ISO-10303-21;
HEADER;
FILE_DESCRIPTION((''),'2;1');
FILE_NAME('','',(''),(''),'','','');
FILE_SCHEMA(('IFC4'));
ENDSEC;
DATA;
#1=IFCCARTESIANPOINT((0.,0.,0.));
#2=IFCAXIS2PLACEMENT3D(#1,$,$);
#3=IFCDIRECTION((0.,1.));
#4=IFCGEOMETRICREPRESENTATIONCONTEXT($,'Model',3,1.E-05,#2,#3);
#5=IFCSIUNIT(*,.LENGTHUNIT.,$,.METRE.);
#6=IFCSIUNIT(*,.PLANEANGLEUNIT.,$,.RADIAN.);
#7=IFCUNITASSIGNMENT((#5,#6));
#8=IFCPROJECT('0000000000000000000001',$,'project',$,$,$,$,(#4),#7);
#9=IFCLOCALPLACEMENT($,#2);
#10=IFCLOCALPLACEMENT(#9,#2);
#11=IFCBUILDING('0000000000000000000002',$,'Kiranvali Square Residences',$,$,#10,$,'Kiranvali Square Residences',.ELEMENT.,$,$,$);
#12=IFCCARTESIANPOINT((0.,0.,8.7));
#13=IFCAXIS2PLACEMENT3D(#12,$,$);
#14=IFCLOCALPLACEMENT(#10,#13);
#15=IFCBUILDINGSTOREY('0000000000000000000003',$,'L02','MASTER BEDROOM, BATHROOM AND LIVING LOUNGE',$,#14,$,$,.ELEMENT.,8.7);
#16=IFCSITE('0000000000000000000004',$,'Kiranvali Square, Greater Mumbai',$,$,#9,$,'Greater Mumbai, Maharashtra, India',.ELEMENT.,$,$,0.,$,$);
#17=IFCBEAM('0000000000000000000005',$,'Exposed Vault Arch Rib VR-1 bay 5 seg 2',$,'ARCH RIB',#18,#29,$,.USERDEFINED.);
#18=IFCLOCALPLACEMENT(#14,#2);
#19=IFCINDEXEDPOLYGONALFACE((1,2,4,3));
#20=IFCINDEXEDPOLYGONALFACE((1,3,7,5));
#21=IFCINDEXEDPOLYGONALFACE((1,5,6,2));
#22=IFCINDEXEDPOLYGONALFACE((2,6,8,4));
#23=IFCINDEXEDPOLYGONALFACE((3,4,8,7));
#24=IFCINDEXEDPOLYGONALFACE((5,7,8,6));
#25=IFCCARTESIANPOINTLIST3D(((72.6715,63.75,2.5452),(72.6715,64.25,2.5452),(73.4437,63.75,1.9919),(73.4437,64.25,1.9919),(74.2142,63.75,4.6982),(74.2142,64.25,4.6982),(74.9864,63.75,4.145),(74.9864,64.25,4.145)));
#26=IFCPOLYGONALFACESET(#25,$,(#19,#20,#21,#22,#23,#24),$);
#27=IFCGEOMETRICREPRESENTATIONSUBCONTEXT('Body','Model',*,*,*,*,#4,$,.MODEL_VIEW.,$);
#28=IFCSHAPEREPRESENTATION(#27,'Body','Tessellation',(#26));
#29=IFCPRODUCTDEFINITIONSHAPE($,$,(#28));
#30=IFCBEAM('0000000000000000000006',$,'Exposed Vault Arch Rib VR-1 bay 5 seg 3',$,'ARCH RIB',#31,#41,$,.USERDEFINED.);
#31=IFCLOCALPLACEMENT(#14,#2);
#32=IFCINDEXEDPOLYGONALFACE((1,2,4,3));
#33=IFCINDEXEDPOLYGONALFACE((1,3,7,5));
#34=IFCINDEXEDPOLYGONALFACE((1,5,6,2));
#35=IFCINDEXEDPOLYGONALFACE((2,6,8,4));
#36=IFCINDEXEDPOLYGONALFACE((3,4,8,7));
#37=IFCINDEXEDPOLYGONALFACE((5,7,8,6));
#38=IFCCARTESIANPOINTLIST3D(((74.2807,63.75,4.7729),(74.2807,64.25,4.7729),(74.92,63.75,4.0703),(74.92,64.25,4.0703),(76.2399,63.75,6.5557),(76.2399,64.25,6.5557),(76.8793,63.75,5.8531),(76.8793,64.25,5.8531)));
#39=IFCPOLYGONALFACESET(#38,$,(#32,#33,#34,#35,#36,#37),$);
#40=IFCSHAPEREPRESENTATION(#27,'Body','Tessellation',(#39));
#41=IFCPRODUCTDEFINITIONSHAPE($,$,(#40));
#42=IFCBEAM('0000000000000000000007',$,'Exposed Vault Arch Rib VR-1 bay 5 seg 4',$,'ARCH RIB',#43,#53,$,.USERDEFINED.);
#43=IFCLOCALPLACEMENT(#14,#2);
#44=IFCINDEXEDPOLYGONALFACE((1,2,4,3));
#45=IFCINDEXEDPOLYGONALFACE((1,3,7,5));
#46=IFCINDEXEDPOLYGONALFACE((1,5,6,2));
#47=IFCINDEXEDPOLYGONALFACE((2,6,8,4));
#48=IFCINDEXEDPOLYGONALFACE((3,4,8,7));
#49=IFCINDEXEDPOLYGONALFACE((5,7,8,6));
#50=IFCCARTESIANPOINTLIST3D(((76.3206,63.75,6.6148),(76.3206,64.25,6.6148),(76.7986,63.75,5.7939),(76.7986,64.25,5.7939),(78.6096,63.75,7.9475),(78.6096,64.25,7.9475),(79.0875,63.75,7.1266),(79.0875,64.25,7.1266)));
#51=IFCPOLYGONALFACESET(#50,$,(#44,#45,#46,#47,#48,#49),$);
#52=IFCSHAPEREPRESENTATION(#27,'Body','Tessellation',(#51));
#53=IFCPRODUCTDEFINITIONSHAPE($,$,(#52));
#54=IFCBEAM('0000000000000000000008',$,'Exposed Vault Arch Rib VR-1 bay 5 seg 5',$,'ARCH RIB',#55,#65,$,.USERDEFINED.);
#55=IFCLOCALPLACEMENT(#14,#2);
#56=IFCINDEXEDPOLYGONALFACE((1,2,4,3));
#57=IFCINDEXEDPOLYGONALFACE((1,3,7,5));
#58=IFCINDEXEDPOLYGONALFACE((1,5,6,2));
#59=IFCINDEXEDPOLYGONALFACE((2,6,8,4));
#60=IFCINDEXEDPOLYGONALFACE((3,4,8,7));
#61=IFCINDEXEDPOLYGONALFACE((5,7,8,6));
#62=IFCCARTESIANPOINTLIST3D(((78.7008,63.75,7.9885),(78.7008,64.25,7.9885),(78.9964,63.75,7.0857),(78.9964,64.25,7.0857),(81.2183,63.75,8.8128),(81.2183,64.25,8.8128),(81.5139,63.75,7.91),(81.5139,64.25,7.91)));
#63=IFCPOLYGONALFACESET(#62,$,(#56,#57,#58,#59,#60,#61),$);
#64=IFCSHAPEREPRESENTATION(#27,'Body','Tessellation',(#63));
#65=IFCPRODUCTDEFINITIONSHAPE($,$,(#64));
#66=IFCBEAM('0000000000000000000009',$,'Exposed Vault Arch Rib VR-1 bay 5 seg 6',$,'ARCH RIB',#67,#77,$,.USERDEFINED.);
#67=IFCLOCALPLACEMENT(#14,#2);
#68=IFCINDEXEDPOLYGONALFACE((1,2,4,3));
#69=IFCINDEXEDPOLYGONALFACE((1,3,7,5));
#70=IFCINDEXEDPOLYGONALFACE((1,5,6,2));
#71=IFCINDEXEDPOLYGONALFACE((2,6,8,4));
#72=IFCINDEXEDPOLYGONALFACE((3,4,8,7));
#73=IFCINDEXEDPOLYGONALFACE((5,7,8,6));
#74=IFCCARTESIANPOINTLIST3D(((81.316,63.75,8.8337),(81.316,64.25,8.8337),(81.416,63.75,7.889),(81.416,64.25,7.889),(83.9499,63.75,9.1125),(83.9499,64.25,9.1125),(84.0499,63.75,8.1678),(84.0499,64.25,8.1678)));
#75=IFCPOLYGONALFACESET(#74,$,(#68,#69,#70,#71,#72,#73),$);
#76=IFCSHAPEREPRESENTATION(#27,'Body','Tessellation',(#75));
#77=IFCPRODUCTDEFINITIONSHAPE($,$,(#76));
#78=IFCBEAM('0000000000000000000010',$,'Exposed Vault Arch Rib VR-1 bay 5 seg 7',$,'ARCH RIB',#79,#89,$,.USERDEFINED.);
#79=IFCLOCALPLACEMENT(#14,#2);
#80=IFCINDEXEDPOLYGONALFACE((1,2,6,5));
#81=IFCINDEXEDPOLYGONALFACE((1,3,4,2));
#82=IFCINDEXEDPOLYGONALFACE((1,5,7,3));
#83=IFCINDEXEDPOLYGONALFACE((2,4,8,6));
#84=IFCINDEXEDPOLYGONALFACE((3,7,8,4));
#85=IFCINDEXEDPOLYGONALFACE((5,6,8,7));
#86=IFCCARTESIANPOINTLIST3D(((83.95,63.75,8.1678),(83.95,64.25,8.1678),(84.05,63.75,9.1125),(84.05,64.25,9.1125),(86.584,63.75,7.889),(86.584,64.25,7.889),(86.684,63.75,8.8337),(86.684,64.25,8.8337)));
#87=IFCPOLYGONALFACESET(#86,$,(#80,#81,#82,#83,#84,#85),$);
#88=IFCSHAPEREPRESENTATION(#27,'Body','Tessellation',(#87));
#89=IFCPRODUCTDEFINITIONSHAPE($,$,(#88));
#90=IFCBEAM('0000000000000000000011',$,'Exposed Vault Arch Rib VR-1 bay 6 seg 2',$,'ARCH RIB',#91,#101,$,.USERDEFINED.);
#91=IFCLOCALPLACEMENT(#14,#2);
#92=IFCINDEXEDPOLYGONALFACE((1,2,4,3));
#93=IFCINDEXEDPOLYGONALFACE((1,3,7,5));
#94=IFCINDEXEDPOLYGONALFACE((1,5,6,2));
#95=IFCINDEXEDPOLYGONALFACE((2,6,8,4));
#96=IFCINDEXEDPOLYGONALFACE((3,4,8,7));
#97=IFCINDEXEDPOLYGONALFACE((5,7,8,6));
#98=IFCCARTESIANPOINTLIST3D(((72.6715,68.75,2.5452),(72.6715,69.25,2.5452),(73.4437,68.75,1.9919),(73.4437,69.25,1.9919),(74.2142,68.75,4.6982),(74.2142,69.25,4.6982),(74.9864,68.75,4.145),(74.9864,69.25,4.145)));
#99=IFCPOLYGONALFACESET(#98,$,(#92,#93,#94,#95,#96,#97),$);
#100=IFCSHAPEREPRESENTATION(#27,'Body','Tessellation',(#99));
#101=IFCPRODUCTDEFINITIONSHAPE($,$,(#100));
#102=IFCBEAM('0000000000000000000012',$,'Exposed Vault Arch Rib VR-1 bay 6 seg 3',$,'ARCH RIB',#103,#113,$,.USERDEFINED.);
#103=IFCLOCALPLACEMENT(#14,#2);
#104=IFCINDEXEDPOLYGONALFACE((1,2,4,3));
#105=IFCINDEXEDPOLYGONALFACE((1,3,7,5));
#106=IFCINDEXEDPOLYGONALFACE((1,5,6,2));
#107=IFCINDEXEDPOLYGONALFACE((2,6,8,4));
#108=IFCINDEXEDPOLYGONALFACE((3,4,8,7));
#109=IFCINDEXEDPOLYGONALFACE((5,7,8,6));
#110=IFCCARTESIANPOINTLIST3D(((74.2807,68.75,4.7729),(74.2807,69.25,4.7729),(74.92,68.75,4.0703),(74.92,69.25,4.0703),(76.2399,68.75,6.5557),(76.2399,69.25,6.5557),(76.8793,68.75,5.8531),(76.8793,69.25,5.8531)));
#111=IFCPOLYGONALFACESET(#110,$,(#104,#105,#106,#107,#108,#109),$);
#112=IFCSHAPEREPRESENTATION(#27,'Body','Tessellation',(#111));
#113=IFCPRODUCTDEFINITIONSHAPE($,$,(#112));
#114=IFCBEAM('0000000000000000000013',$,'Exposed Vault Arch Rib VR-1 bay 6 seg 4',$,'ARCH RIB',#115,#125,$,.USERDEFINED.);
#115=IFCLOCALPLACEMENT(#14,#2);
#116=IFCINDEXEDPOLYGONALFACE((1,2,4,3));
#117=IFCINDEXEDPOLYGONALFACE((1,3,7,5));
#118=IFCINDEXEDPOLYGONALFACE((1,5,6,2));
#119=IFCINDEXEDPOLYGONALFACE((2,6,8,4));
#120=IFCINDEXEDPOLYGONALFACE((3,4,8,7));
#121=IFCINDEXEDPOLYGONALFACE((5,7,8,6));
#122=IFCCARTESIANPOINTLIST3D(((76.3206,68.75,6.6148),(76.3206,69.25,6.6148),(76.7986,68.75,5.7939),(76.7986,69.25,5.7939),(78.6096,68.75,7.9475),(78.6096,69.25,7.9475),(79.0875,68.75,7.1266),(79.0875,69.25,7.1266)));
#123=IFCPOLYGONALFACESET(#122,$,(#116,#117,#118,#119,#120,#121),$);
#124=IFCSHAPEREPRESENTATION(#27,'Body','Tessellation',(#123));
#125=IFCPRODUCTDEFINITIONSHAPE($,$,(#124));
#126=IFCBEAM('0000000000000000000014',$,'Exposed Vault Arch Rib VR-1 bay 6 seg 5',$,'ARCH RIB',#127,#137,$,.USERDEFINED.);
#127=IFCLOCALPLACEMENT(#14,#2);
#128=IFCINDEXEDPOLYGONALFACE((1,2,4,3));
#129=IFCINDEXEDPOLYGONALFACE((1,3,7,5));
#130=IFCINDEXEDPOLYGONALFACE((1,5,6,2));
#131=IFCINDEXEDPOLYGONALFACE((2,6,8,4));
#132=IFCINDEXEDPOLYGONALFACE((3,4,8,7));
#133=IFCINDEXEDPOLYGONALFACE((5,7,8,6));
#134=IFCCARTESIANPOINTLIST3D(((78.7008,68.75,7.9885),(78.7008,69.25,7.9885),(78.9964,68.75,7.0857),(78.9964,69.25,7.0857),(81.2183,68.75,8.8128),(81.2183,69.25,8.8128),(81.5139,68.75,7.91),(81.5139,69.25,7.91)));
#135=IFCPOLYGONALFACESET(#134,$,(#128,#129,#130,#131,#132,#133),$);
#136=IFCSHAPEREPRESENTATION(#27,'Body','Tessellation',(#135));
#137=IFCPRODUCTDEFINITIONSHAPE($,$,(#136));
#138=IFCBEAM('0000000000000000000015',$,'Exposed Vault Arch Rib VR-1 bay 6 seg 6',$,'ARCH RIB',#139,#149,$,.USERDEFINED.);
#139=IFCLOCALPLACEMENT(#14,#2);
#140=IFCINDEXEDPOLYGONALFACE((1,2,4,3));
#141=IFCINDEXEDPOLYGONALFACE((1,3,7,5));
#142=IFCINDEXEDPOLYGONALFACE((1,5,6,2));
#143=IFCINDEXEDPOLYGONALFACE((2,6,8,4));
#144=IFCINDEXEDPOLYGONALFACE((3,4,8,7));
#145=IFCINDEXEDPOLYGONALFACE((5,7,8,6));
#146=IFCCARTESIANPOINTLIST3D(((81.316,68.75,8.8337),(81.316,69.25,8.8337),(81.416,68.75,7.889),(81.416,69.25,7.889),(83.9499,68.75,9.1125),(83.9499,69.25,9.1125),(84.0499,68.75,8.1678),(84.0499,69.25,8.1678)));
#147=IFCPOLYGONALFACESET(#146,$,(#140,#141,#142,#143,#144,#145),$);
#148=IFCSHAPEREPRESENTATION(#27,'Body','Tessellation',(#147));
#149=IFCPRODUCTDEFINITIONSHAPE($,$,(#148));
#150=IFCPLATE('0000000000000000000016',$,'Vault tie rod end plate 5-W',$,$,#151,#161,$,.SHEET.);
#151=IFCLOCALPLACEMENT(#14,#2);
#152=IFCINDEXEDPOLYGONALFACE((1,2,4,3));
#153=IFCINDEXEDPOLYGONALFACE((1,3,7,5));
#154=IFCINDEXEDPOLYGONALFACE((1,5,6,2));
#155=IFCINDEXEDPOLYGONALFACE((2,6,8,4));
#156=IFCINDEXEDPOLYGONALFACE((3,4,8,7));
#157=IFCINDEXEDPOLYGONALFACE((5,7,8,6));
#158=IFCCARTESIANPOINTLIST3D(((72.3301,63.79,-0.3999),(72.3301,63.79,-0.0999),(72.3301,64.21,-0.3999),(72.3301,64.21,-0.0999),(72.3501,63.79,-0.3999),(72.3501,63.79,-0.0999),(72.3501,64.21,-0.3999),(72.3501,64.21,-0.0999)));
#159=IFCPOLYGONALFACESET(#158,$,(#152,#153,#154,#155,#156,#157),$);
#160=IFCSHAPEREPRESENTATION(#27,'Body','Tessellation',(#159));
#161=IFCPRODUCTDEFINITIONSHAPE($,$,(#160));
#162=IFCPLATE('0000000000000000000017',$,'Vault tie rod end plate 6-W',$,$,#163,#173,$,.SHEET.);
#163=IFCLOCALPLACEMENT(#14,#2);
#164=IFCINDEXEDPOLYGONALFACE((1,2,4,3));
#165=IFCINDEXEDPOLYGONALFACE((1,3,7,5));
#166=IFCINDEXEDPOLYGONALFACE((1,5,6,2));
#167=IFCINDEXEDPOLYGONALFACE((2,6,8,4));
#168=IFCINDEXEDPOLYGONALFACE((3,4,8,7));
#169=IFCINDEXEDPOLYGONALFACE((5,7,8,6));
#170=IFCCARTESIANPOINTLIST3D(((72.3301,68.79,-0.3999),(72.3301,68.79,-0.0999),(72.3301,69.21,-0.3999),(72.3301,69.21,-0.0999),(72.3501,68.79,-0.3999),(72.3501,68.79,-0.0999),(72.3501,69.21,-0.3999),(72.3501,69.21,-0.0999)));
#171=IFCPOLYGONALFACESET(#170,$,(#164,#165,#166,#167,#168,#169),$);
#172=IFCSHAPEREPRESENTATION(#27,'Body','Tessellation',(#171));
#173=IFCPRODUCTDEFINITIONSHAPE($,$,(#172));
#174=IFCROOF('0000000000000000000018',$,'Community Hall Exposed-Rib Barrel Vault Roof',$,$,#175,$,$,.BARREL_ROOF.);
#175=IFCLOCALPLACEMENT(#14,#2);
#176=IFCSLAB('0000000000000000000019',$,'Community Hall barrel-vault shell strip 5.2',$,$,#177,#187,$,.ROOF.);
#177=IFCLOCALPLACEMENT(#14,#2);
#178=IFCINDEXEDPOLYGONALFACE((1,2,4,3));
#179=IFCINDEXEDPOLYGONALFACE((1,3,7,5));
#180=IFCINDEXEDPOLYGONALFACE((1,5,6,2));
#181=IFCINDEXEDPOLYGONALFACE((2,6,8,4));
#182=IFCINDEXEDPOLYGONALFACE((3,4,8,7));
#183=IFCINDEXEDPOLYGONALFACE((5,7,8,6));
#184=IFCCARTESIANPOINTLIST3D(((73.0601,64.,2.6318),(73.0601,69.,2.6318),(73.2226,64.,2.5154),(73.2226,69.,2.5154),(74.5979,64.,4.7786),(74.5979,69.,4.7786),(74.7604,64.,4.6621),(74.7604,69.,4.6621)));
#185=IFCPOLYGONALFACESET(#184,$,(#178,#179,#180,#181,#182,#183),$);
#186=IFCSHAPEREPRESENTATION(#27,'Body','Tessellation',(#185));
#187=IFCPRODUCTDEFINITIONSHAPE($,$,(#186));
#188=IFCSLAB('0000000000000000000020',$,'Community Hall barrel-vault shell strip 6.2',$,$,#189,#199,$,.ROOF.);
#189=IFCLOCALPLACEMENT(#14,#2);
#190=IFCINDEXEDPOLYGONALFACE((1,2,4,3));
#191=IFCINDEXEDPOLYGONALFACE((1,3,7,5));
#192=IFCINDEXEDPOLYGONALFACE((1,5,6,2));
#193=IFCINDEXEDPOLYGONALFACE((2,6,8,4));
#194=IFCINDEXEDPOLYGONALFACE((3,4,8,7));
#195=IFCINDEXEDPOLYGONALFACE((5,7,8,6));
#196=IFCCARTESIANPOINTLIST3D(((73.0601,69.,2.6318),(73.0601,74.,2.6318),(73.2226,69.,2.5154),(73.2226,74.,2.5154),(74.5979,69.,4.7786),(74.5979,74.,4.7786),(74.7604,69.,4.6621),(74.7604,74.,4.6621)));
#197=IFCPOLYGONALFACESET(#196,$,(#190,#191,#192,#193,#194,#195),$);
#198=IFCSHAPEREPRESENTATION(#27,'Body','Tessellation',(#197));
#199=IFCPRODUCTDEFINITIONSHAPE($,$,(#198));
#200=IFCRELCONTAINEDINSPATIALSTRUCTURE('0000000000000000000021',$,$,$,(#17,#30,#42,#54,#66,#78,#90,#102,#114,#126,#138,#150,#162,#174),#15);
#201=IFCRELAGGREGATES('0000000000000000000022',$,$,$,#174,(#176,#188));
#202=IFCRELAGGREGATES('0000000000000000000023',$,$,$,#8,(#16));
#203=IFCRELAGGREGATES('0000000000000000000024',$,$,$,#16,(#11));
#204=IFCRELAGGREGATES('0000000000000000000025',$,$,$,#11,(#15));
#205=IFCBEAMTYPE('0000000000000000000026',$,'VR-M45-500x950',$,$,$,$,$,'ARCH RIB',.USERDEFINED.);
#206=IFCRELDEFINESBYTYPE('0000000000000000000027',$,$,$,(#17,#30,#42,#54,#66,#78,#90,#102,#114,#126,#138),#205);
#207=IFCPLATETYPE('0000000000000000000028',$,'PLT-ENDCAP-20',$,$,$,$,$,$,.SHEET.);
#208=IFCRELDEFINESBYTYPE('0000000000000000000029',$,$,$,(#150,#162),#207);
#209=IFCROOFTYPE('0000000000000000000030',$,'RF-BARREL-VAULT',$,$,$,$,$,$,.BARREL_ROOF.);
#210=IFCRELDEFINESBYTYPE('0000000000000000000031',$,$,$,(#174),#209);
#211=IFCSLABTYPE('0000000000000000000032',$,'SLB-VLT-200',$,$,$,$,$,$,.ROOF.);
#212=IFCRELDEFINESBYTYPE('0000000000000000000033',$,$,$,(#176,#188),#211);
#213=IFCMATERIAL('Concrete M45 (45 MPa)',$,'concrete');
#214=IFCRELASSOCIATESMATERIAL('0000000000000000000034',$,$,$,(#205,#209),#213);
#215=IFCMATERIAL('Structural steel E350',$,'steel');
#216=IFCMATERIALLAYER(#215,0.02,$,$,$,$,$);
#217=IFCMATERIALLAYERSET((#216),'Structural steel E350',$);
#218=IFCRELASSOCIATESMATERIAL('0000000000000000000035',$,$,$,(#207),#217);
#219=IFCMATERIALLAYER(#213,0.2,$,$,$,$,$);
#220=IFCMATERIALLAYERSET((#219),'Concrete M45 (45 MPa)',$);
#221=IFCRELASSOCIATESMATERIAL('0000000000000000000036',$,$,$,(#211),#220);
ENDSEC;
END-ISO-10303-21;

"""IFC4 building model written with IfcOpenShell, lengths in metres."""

from ifc_helpers import new_model, si_unit, direction, frame, origin, origin_2d, place, context, subcontext, project, spatial, polyline, rectangle, outline, extrude, material, layer, layer_set, material_profile, profile_set, type_object, element, aggregate, save


model = new_model("IFC4")

# Units and contexts
model_context = context("Model", 3, precision=1e-05, world=origin(), true_north=direction((0.0, 1.0)))
body_context = subcontext(model_context, "Body", "Model", "MODEL_VIEW")
ifc_project = project(units=[si_unit("LENGTHUNIT", "METRE"), si_unit("PLANEANGLEUNIT", "RADIAN")], contexts=[model_context])

# Site, building, storey
site_placement = place(None, origin())
site = spatial("IfcSite", under=ifc_project, at=site_placement, Name="Kiranvali Square, Greater Mumbai", LongName="Greater Mumbai, Maharashtra, India", CompositionType="ELEMENT", RefElevation=0.0)
building_placement = place(site_placement, origin())
building = spatial("IfcBuilding", under=site, at=building_placement, Name="Kiranvali Square Residences", LongName="Kiranvali Square Residences", CompositionType="ELEMENT")
storey_placement = place(building_placement, frame((0.0, 0.0, 8.7)))
storey = spatial("IfcBuildingStorey", under=building, at=storey_placement, Name="L02", Description="MASTER BEDROOM, BATHROOM AND LIVING LOUNGE", CompositionType="ELEMENT", Elevation=8.7)

# Shared definitions
ifc_material_1 = material(Name="Structural steel E350", Category="steel")

# Beams
ifc_material_2 = material(Name="Concrete M45 (45 MPa)", Category="concrete")
ifc_material_profile_1 = material_profile(ifc_material_2, rectangle(XDim=0.5, YDim=0.95, at=origin_2d()), Name="RC 500x950")
ifc_profile_set_1 = profile_set([ifc_material_profile_1], Name="Concrete M45 (45 MPa)")
beam_type = type_object("IfcBeamType", Name="VR-M45-500x950", ElementType="ARCH RIB", PredefinedType="USERDEFINED", material=ifc_profile_set_1)
beam_1_placement = place(storey_placement, frame((73.0576, 64.0, 2.2686), z_axis=(0.582441, 0.0, 0.812873), x_axis=(0.0, 1.0, 0.0)))
element("IfcBeam", 1, at=beam_1_placement, inside=storey, type_object=beam_type, Name="Exposed Vault Arch Rib VR-1 bay 5 seg 2", ObjectType="ARCH RIB", PredefinedType="USERDEFINED", context=body_context, shape_type="SweptSolid", body=[
    extrude(rectangle(XDim=0.5, YDim=0.95, at=origin_2d()), origin(), (0.0, 0.0, 1.0), 2.6487),
])
beam_2_placement = place(storey_placement, frame((74.6003, 64.0, 4.4216), z_axis=(0.73964, 0.0, 0.673003), x_axis=(0.0, 1.0, 0.0)))
element("IfcBeam", 2, at=beam_2_placement, inside=storey, type_object=beam_type, Name="Exposed Vault Arch Rib VR-1 bay 5 seg 3", ObjectType="ARCH RIB", PredefinedType="USERDEFINED", context=body_context, shape_type="SweptSolid", body=[
    extrude(rectangle(XDim=0.5, YDim=0.95, at=origin_2d()), origin(), (0.0, 0.0, 1.0), 2.6489),
])
beam_3_placement = place(storey_placement, frame((76.5596, 64.0, 6.2043), z_axis=(0.864193, 0.0, 0.50316), x_axis=(0.0, 1.0, 0.0)))
element("IfcBeam", 3, at=beam_3_placement, inside=storey, type_object=beam_type, Name="Exposed Vault Arch Rib VR-1 bay 5 seg 4", ObjectType="ARCH RIB", PredefinedType="USERDEFINED", context=body_context, shape_type="SweptSolid", body=[
    extrude(rectangle(XDim=0.5, YDim=0.95, at=origin_2d()), origin(), (0.0, 0.0, 1.0), 2.6487),
])
beam_4_placement = place(storey_placement, frame((78.8486, 64.0, 7.5371), z_axis=(0.950356, 0.0, 0.311163), x_axis=(0.0, 1.0, 0.0)))
element("IfcBeam", 4, at=beam_4_placement, inside=storey, type_object=beam_type, Name="Exposed Vault Arch Rib VR-1 bay 5 seg 5", ObjectType="ARCH RIB", PredefinedType="USERDEFINED", context=body_context, shape_type="SweptSolid", body=[
    extrude(rectangle(XDim=0.5, YDim=0.95, at=origin_2d()), origin(), (0.0, 0.0, 1.0), 2.6489),
])
for number, where, z_axis, x_axis, name in (
    (5, (81.366, 64.0, 8.3613), (0.994445, 0.0, 0.105261), (0.0, 1.0, 0.0), "Exposed Vault Arch Rib VR-1 bay 5 seg 6"),
    (6, (84.0, 64.0, 8.6401), (0.994445, 0.0, -0.105261), (0.0, 1.0, 0.0), "Exposed Vault Arch Rib VR-1 bay 5 seg 7"),
    (7, (73.0576, 69.0, 2.2686), (0.582441, 0.0, 0.812873), (0.0, 1.0, 0.0), "Exposed Vault Arch Rib VR-1 bay 6 seg 2"),
):
    element("IfcBeam", number, at=place(storey_placement, frame(where, z_axis=z_axis, x_axis=x_axis)), inside=storey, type_object=beam_type, Name=name, ObjectType="ARCH RIB", PredefinedType="USERDEFINED", context=body_context, shape_type="SweptSolid", body=[
        extrude(rectangle(XDim=0.5, YDim=0.95, at=origin_2d()), origin(), (0.0, 0.0, 1.0), 2.6487),
    ])
beam_5_placement = place(storey_placement, frame((74.6003, 69.0, 4.4216), z_axis=(0.73964, 0.0, 0.673003), x_axis=(0.0, 1.0, 0.0)))
element("IfcBeam", 8, at=beam_5_placement, inside=storey, type_object=beam_type, Name="Exposed Vault Arch Rib VR-1 bay 6 seg 3", ObjectType="ARCH RIB", PredefinedType="USERDEFINED", context=body_context, shape_type="SweptSolid", body=[
    extrude(rectangle(XDim=0.5, YDim=0.95, at=origin_2d()), origin(), (0.0, 0.0, 1.0), 2.6489),
])
beam_6_placement = place(storey_placement, frame((76.5596, 69.0, 6.2043), z_axis=(0.864193, 0.0, 0.50316), x_axis=(0.0, 1.0, 0.0)))
element("IfcBeam", 9, at=beam_6_placement, inside=storey, type_object=beam_type, Name="Exposed Vault Arch Rib VR-1 bay 6 seg 4", ObjectType="ARCH RIB", PredefinedType="USERDEFINED", context=body_context, shape_type="SweptSolid", body=[
    extrude(rectangle(XDim=0.5, YDim=0.95, at=origin_2d()), origin(), (0.0, 0.0, 1.0), 2.6487),
])
beam_7_placement = place(storey_placement, frame((78.8486, 69.0, 7.5371), z_axis=(0.950356, 0.0, 0.311163), x_axis=(0.0, 1.0, 0.0)))
element("IfcBeam", 10, at=beam_7_placement, inside=storey, type_object=beam_type, Name="Exposed Vault Arch Rib VR-1 bay 6 seg 5", ObjectType="ARCH RIB", PredefinedType="USERDEFINED", context=body_context, shape_type="SweptSolid", body=[
    extrude(rectangle(XDim=0.5, YDim=0.95, at=origin_2d()), origin(), (0.0, 0.0, 1.0), 2.6489),
])
beam_8_placement = place(storey_placement, frame((81.366, 69.0, 8.3613), z_axis=(0.994445, 0.0, 0.105261), x_axis=(0.0, 1.0, 0.0)))
element("IfcBeam", 11, at=beam_8_placement, inside=storey, type_object=beam_type, Name="Exposed Vault Arch Rib VR-1 bay 6 seg 6", ObjectType="ARCH RIB", PredefinedType="USERDEFINED", context=body_context, shape_type="SweptSolid", body=[
    extrude(rectangle(XDim=0.5, YDim=0.95, at=origin_2d()), origin(), (0.0, 0.0, 1.0), 2.6487),
])

# Plates
ifc_layer_1 = layer(ifc_material_1, 0.02)
ifc_layer_set_1 = layer_set([ifc_layer_1], Name="Structural steel E350")
plate_type = type_object("IfcPlateType", Name="PLT-ENDCAP-20", PredefinedType="SHEET", material=ifc_layer_set_1)
for number, where, z_axis, x_axis, name in (
    (12, (72.3401, 64.0, -0.3999), (0.0, 0.0, 1.0), (1.0, 0.0, 0.0), "Vault tie rod end plate 5-W"),
    (13, (72.3401, 69.0, -0.3999), (0.0, 0.0, 1.0), (1.0, 0.0, 0.0), "Vault tie rod end plate 6-W"),
):
    element("IfcPlate", number, at=place(storey_placement, frame(where, z_axis=z_axis, x_axis=x_axis)), inside=storey, type_object=plate_type, Name=name, PredefinedType="SHEET", context=body_context, shape_type="SweptSolid", body=[
        extrude(rectangle(XDim=0.02, YDim=0.4199, at=origin_2d()), origin(), (0.0, 0.0, 1.0), 0.3),
    ])

# Roof, slabs
roof_type = type_object("IfcRoofType", Name="RF-BARREL-VAULT", PredefinedType="BARREL_ROOF", material=ifc_material_2)
roof_placement = place(storey_placement, origin())
roof = element("IfcRoof", 14, at=roof_placement, inside=storey, type_object=roof_type, Name="Community Hall Exposed-Rib Barrel Vault Roof", PredefinedType="BARREL_ROOF")
ifc_layer_2 = layer(ifc_material_2, 0.2)
ifc_layer_set_2 = layer_set([ifc_layer_2], Name="Concrete M45 (45 MPa)")
slab_type = type_object("IfcSlabType", Name="SLB-VLT-200", PredefinedType="ROOF", material=ifc_layer_set_2)
slab_1_placement = place(storey_placement, frame((73.0601, 64.0, 2.6318), z_axis=(-0.812933, 0.0, 0.582357), x_axis=(0.582357, 0.0, 0.812933)))
slab_1 = element("IfcSlab", 15, at=slab_1_placement, type_object=slab_type, Name="Community Hall barrel-vault shell strip 5.2", PredefinedType="ROOF", context=body_context, shape_type="SweptSolid", body=[
    extrude(outline(polyline([(0.0, 0.0), (2.6407, 0.0), (2.6407, 5.0), (0.0, 5.0), (0.0, 0.0)])), origin(), (0.0, 0.0, -1.0), 0.2),
])
slab_2_placement = place(storey_placement, frame((73.0601, 69.0, 2.6318), z_axis=(-0.812933, 0.0, 0.582357), x_axis=(0.582357, 0.0, 0.812933)))
slab_2 = element("IfcSlab", 16, at=slab_2_placement, type_object=slab_type, Name="Community Hall barrel-vault shell strip 6.2", PredefinedType="ROOF", context=body_context, shape_type="SweptSolid", body=[
    extrude(outline(polyline([(0.0, 0.0), (2.6407, 0.0), (2.6407, 5.0), (0.0, 5.0), (0.0, 0.0)])), origin(), (0.0, 0.0, -1.0), 0.2),
])
aggregate(roof, [slab_1, slab_2])

save(model, "model.ifc")
